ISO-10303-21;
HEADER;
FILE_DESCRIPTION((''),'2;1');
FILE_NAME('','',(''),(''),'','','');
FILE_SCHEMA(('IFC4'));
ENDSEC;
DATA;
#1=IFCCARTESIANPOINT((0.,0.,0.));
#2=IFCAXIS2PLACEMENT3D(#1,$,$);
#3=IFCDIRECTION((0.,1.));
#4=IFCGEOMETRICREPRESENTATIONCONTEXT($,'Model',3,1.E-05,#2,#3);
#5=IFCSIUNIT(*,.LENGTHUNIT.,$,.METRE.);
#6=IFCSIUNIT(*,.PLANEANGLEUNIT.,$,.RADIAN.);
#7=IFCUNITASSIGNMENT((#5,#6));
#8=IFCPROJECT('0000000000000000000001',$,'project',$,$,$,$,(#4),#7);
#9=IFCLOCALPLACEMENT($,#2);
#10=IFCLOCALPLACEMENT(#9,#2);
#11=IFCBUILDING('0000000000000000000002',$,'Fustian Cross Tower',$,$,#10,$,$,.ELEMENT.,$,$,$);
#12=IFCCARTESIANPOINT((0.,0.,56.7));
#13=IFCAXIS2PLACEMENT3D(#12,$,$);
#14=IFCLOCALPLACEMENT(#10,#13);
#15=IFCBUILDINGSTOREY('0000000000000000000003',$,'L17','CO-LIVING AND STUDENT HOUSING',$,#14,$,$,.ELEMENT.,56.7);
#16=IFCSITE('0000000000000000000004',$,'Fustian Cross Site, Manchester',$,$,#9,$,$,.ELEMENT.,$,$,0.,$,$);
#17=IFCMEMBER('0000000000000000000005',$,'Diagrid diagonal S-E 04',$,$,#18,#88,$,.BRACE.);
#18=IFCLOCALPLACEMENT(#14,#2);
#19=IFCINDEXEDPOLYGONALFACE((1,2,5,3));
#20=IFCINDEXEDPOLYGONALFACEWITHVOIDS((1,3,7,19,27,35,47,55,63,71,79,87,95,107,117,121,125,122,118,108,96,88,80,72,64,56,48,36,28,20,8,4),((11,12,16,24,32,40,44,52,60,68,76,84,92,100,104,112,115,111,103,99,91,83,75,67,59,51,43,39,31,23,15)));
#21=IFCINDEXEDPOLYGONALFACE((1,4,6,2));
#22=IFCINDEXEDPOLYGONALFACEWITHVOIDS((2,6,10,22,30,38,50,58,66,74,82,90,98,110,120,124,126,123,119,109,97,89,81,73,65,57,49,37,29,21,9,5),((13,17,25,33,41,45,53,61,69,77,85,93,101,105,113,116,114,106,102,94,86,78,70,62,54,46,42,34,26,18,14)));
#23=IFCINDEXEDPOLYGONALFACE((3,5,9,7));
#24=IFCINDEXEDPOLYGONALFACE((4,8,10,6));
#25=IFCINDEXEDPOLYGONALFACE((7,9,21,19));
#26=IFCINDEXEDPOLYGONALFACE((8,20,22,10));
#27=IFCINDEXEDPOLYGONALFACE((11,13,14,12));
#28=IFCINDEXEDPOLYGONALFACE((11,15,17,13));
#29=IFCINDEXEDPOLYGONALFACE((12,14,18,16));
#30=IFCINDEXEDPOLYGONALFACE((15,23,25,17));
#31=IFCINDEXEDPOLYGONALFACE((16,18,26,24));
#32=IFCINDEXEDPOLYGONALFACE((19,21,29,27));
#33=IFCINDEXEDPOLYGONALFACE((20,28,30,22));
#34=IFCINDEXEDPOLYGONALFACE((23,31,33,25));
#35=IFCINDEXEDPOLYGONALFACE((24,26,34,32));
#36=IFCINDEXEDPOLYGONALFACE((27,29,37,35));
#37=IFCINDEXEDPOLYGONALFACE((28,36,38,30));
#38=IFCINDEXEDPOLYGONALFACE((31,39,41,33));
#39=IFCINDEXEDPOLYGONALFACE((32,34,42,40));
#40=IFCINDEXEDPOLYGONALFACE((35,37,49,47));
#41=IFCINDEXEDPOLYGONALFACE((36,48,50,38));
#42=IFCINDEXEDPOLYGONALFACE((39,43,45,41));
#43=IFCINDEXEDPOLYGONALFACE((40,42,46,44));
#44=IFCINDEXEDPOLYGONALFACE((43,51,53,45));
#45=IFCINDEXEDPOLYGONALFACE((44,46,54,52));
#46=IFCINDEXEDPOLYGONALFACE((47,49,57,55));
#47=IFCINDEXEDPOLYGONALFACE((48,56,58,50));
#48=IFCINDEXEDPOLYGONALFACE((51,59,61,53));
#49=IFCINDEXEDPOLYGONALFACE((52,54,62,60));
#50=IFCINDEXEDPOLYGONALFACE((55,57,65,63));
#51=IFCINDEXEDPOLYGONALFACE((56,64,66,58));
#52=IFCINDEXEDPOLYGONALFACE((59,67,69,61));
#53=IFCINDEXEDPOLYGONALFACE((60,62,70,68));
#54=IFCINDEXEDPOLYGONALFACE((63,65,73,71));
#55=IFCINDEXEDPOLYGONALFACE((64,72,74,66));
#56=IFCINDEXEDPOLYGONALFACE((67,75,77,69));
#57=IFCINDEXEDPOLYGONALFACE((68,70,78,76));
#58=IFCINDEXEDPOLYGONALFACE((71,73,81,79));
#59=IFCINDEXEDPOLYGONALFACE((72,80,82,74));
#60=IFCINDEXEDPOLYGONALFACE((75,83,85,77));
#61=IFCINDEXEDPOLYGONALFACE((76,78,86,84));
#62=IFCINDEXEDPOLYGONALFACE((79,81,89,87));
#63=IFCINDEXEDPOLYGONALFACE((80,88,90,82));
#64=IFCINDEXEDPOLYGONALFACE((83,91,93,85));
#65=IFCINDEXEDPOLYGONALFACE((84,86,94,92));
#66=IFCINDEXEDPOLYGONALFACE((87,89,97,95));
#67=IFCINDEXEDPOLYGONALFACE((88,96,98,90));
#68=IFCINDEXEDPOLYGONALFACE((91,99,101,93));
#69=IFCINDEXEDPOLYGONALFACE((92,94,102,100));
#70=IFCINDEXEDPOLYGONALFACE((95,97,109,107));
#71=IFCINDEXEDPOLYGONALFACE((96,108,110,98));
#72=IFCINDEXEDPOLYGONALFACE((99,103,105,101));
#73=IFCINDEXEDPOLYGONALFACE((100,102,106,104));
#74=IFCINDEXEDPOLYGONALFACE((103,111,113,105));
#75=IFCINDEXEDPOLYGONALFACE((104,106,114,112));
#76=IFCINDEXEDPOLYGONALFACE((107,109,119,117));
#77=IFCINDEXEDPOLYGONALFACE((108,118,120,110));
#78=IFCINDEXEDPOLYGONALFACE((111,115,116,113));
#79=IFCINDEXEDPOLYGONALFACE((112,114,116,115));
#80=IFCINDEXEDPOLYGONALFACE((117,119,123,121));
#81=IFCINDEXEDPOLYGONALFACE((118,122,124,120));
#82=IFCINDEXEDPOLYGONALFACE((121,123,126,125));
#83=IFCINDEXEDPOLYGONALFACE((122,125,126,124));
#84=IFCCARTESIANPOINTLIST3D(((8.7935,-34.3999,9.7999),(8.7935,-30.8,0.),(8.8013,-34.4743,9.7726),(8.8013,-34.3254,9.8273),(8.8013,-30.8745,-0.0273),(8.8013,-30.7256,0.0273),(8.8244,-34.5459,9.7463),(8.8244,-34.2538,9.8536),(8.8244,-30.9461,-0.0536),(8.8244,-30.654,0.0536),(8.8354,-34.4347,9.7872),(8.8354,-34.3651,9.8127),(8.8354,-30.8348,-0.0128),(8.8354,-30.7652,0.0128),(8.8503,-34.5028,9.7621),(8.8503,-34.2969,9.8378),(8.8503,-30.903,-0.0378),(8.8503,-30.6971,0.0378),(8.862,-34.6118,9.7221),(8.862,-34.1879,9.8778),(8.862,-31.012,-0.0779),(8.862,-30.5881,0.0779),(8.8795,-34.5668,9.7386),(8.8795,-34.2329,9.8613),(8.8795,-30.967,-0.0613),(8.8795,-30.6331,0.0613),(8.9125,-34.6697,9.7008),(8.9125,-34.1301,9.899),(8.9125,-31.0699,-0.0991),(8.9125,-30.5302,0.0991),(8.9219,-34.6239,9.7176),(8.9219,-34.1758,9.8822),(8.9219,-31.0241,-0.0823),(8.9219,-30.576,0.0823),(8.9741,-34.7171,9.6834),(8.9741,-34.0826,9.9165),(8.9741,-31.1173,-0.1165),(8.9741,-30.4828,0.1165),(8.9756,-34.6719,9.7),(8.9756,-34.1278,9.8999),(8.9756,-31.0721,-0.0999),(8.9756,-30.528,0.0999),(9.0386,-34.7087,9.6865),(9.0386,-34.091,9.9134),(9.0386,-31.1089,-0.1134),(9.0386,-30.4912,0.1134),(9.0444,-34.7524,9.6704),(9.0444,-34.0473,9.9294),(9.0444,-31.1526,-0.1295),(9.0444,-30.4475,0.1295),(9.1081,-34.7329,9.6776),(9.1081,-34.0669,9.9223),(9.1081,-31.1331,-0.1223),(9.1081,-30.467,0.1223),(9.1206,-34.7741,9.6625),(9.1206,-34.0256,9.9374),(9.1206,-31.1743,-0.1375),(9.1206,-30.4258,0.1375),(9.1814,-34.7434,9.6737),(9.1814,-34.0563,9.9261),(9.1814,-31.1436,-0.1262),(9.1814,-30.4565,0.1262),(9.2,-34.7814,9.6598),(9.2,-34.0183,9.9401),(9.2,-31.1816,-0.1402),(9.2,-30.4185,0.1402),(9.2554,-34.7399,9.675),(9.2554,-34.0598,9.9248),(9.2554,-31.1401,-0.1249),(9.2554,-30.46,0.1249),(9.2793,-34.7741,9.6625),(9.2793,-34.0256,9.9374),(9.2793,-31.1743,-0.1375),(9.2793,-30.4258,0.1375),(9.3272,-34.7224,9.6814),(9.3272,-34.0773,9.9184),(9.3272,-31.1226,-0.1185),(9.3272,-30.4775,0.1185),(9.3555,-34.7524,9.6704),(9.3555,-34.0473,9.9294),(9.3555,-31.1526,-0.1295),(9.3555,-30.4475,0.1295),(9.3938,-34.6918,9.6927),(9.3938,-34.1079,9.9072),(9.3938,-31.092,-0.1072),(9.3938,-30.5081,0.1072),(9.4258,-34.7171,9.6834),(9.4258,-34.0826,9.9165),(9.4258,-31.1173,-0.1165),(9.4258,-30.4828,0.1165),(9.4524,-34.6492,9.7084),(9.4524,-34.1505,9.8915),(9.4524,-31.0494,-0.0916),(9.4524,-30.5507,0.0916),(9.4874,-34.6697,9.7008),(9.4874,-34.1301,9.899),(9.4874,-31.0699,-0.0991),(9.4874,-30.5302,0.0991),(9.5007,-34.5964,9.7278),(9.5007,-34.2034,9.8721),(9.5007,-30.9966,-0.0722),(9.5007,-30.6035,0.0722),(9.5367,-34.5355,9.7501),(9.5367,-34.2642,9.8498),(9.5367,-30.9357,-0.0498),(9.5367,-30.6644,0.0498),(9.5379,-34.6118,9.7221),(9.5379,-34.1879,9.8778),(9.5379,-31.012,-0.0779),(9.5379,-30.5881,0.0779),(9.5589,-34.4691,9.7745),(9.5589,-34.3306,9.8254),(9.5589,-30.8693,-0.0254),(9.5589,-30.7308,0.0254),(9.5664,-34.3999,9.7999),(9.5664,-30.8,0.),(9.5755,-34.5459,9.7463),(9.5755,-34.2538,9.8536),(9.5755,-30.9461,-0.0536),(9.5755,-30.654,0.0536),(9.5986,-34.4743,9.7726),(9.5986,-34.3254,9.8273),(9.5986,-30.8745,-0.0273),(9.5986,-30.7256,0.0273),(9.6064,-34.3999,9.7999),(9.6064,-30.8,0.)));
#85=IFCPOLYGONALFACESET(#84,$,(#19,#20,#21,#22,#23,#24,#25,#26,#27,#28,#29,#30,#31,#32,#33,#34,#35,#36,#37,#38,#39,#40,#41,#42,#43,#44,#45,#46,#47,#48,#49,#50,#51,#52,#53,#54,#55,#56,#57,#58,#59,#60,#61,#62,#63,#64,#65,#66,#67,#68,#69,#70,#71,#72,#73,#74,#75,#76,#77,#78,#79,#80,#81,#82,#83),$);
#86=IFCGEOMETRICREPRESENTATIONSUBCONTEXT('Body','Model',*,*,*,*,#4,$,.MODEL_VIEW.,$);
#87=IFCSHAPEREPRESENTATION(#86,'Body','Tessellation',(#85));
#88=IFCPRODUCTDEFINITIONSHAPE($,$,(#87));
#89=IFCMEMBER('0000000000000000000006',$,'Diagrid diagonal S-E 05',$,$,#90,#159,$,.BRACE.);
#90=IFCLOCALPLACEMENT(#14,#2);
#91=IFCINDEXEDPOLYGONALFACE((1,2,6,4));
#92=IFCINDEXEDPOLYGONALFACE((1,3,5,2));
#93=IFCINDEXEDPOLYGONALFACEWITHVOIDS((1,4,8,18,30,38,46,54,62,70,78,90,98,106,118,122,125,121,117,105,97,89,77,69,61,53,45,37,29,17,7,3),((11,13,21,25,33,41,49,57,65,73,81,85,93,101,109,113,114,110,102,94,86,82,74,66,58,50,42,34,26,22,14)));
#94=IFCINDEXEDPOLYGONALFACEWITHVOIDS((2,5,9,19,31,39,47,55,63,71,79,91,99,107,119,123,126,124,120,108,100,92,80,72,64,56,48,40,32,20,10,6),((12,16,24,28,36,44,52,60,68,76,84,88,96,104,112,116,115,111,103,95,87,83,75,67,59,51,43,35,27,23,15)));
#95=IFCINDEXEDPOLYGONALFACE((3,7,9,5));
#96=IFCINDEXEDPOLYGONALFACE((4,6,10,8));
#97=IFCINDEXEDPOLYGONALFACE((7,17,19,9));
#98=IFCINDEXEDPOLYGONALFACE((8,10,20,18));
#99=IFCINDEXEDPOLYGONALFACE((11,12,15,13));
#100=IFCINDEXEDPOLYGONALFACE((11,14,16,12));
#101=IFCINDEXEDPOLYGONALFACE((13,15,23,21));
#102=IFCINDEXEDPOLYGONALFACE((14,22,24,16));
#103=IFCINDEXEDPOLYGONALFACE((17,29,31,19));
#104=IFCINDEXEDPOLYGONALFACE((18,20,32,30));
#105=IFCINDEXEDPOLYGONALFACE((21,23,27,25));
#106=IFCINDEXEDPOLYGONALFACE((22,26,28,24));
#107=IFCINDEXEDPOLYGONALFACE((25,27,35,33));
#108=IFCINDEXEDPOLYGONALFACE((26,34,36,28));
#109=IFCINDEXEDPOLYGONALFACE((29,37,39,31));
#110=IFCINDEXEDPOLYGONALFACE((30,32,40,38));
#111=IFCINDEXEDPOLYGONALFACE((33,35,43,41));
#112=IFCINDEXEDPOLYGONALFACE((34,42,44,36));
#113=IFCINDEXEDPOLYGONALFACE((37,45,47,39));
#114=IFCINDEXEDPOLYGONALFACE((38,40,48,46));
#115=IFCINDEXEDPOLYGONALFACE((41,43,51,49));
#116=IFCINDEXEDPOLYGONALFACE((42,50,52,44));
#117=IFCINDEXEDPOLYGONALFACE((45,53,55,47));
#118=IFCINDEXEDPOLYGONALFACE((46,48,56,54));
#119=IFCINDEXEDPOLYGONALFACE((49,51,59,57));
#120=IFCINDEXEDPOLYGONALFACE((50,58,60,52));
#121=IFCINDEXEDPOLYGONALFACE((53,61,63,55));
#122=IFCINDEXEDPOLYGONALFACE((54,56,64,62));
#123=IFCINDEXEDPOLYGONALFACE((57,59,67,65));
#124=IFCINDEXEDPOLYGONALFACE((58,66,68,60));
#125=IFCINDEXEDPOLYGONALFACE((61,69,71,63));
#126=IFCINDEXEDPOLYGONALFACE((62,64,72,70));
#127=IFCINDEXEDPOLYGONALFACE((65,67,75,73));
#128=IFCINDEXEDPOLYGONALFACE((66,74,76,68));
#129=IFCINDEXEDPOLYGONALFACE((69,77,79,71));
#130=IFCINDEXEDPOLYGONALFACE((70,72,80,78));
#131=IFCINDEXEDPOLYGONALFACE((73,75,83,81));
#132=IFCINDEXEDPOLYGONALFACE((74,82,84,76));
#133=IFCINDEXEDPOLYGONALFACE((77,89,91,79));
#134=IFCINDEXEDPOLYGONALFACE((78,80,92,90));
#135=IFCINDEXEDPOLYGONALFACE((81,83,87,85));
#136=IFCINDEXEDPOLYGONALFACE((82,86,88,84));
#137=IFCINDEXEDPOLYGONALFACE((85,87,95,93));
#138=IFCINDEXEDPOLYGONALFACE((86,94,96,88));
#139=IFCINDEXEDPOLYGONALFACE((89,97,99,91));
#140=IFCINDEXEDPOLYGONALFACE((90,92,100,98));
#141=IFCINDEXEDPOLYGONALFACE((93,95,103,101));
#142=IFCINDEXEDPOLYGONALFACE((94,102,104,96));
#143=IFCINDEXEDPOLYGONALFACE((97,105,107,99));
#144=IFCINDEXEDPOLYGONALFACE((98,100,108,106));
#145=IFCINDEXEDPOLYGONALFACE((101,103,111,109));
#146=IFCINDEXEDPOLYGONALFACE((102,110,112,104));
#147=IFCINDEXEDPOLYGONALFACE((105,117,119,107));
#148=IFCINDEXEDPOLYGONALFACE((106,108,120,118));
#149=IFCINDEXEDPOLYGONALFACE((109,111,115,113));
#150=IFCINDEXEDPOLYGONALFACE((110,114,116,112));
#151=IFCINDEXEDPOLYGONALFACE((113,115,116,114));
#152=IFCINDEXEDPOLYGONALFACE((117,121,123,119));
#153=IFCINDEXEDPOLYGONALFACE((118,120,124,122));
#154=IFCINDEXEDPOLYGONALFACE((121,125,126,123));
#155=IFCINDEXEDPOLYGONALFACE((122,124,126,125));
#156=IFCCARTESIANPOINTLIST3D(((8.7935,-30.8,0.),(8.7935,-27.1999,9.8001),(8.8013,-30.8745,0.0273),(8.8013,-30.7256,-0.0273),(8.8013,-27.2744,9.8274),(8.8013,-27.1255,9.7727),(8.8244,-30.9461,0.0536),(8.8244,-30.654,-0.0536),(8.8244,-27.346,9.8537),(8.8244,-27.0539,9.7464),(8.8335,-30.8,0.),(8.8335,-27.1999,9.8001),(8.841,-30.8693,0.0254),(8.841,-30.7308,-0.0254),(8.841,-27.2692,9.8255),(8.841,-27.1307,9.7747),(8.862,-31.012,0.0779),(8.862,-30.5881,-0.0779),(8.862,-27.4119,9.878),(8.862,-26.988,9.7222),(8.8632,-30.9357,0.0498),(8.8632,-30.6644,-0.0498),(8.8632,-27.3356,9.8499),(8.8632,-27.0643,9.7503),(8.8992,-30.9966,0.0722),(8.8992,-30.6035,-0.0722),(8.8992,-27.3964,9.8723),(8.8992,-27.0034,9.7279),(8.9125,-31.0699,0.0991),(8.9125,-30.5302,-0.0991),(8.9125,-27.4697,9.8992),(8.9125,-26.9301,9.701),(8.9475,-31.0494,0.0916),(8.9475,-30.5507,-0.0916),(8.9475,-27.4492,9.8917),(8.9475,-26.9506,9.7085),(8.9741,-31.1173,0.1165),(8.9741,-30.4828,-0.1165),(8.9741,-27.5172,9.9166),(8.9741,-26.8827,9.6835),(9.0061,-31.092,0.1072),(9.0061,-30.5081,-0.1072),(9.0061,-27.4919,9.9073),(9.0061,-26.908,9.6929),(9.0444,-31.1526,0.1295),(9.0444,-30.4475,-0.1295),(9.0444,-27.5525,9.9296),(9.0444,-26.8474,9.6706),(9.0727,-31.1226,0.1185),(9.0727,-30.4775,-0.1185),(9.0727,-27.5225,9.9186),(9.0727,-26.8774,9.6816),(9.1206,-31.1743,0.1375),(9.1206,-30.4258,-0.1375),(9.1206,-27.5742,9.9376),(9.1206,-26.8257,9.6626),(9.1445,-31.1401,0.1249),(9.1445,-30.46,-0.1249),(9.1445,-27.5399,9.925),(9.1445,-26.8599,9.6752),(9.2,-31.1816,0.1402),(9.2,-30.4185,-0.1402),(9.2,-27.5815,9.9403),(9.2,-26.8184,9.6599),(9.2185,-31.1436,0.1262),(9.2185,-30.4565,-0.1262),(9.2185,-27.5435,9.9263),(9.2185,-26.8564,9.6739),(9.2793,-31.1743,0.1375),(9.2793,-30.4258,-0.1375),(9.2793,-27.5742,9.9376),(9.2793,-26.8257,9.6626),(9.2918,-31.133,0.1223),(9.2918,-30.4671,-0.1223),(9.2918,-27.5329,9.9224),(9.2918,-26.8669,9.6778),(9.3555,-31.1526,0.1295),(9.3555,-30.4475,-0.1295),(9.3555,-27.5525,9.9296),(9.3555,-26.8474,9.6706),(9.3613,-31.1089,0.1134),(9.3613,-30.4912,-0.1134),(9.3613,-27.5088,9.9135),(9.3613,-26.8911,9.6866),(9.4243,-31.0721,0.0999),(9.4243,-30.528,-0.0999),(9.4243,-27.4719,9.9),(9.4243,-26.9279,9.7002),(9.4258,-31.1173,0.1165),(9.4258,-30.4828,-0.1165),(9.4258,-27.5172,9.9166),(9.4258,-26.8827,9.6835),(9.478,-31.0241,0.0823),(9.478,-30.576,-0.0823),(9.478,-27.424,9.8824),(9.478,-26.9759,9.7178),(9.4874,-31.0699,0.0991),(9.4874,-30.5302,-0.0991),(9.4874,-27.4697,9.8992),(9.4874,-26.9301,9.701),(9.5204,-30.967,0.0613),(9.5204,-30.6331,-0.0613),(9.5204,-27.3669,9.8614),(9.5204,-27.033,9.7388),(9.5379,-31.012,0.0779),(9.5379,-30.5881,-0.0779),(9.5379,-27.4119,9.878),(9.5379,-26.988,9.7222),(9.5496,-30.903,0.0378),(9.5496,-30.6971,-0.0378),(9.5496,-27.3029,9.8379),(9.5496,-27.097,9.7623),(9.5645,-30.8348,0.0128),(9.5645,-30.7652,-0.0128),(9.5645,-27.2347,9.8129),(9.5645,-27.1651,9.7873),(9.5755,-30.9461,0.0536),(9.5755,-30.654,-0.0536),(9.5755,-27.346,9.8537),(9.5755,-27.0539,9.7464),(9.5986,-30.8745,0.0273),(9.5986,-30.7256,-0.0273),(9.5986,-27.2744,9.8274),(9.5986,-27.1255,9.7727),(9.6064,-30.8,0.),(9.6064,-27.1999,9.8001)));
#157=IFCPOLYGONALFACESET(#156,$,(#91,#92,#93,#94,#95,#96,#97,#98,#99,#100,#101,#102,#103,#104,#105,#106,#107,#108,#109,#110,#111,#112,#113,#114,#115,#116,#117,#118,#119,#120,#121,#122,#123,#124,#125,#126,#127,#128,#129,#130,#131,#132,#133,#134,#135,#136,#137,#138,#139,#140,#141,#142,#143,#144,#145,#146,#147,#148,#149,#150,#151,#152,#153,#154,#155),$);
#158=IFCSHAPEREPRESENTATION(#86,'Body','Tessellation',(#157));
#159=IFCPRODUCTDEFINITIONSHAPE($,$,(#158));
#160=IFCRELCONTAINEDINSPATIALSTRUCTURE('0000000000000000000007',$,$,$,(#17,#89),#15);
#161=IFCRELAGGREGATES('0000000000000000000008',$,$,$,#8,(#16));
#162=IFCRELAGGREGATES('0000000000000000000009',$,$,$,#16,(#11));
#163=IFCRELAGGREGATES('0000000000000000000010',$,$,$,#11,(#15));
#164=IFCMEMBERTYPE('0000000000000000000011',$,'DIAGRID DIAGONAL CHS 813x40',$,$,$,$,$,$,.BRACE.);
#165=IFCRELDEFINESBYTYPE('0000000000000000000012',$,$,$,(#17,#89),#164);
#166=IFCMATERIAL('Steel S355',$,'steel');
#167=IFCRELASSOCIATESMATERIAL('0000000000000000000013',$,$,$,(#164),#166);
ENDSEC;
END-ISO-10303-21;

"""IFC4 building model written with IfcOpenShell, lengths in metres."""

from ifc_helpers import new_model, si_unit, direction, frame, origin, origin_2d, place, context, subcontext, project, spatial, hollow_circle, extrude, material, material_profile, profile_set, type_object, element, save


model = new_model("IFC4")

# Units and contexts
model_context = context("Model", 3, precision=1e-05, world=origin(), true_north=direction((0.0, 1.0)))
body_context = subcontext(model_context, "Body", "Model", "MODEL_VIEW")
ifc_project = project(units=[si_unit("LENGTHUNIT", "METRE"), si_unit("PLANEANGLEUNIT", "RADIAN")], contexts=[model_context])

# Site, building, storey
site_placement = place(None, origin())
site = spatial("IfcSite", under=ifc_project, at=site_placement, Name="Fustian Cross Site, Manchester", CompositionType="ELEMENT", RefElevation=0.0)
building_placement = place(site_placement, origin())
building = spatial("IfcBuilding", under=site, at=building_placement, Name="Fustian Cross Tower", CompositionType="ELEMENT")
storey_placement = place(building_placement, frame((0.0, 0.0, 56.7)))
storey = spatial("IfcBuildingStorey", under=building, at=storey_placement, Name="L17", Description="CO-LIVING AND STUDENT HOUSING", CompositionType="ELEMENT", Elevation=56.7)

# Members
ifc_material_1 = material(Name="Steel S355", Category="steel")
ifc_material_profile_1 = material_profile(ifc_material_1, hollow_circle(Radius=0.4065, WallThickness=0.04, at=origin_2d()), Name="CHS 813x40")
ifc_profile_set_1 = profile_set([ifc_material_profile_1], Name="Steel S355")
member_type_1 = type_object("IfcMemberType", Name="DIAGRID DIAGONAL CHS 813x40", PredefinedType="BRACE", material=ifc_profile_set_1)
member_1_placement = place(storey_placement, frame((9.2, -30.8, 0.0), z_axis=(0.0, -0.344804, 0.938675), x_axis=(1.0, 0.0, 0.0)))
element("IfcMember", 1, at=member_1_placement, inside=storey, type_object=member_type_1, Name="Diagrid diagonal S-E 04", PredefinedType="BRACE", context=body_context, shape_type="SweptSolid", body=[
    extrude(hollow_circle(Radius=0.4065, WallThickness=0.04, at=origin_2d()), origin(), (0.0, 0.0, 1.0), 10.4402),
])
member_2_placement = place(storey_placement, frame((9.2, -30.8, 0.0), z_axis=(0.0, 0.344824, 0.938667), x_axis=(-1.0, 0.0, 0.0)))
element("IfcMember", 2, at=member_2_placement, inside=storey, type_object=member_type_1, Name="Diagrid diagonal S-E 05", PredefinedType="BRACE", context=body_context, shape_type="SweptSolid", body=[
    extrude(hollow_circle(Radius=0.4065, WallThickness=0.04, at=origin_2d()), origin(), (0.0, 0.0, 1.0), 10.4404),
])

save(model, "model.ifc")
